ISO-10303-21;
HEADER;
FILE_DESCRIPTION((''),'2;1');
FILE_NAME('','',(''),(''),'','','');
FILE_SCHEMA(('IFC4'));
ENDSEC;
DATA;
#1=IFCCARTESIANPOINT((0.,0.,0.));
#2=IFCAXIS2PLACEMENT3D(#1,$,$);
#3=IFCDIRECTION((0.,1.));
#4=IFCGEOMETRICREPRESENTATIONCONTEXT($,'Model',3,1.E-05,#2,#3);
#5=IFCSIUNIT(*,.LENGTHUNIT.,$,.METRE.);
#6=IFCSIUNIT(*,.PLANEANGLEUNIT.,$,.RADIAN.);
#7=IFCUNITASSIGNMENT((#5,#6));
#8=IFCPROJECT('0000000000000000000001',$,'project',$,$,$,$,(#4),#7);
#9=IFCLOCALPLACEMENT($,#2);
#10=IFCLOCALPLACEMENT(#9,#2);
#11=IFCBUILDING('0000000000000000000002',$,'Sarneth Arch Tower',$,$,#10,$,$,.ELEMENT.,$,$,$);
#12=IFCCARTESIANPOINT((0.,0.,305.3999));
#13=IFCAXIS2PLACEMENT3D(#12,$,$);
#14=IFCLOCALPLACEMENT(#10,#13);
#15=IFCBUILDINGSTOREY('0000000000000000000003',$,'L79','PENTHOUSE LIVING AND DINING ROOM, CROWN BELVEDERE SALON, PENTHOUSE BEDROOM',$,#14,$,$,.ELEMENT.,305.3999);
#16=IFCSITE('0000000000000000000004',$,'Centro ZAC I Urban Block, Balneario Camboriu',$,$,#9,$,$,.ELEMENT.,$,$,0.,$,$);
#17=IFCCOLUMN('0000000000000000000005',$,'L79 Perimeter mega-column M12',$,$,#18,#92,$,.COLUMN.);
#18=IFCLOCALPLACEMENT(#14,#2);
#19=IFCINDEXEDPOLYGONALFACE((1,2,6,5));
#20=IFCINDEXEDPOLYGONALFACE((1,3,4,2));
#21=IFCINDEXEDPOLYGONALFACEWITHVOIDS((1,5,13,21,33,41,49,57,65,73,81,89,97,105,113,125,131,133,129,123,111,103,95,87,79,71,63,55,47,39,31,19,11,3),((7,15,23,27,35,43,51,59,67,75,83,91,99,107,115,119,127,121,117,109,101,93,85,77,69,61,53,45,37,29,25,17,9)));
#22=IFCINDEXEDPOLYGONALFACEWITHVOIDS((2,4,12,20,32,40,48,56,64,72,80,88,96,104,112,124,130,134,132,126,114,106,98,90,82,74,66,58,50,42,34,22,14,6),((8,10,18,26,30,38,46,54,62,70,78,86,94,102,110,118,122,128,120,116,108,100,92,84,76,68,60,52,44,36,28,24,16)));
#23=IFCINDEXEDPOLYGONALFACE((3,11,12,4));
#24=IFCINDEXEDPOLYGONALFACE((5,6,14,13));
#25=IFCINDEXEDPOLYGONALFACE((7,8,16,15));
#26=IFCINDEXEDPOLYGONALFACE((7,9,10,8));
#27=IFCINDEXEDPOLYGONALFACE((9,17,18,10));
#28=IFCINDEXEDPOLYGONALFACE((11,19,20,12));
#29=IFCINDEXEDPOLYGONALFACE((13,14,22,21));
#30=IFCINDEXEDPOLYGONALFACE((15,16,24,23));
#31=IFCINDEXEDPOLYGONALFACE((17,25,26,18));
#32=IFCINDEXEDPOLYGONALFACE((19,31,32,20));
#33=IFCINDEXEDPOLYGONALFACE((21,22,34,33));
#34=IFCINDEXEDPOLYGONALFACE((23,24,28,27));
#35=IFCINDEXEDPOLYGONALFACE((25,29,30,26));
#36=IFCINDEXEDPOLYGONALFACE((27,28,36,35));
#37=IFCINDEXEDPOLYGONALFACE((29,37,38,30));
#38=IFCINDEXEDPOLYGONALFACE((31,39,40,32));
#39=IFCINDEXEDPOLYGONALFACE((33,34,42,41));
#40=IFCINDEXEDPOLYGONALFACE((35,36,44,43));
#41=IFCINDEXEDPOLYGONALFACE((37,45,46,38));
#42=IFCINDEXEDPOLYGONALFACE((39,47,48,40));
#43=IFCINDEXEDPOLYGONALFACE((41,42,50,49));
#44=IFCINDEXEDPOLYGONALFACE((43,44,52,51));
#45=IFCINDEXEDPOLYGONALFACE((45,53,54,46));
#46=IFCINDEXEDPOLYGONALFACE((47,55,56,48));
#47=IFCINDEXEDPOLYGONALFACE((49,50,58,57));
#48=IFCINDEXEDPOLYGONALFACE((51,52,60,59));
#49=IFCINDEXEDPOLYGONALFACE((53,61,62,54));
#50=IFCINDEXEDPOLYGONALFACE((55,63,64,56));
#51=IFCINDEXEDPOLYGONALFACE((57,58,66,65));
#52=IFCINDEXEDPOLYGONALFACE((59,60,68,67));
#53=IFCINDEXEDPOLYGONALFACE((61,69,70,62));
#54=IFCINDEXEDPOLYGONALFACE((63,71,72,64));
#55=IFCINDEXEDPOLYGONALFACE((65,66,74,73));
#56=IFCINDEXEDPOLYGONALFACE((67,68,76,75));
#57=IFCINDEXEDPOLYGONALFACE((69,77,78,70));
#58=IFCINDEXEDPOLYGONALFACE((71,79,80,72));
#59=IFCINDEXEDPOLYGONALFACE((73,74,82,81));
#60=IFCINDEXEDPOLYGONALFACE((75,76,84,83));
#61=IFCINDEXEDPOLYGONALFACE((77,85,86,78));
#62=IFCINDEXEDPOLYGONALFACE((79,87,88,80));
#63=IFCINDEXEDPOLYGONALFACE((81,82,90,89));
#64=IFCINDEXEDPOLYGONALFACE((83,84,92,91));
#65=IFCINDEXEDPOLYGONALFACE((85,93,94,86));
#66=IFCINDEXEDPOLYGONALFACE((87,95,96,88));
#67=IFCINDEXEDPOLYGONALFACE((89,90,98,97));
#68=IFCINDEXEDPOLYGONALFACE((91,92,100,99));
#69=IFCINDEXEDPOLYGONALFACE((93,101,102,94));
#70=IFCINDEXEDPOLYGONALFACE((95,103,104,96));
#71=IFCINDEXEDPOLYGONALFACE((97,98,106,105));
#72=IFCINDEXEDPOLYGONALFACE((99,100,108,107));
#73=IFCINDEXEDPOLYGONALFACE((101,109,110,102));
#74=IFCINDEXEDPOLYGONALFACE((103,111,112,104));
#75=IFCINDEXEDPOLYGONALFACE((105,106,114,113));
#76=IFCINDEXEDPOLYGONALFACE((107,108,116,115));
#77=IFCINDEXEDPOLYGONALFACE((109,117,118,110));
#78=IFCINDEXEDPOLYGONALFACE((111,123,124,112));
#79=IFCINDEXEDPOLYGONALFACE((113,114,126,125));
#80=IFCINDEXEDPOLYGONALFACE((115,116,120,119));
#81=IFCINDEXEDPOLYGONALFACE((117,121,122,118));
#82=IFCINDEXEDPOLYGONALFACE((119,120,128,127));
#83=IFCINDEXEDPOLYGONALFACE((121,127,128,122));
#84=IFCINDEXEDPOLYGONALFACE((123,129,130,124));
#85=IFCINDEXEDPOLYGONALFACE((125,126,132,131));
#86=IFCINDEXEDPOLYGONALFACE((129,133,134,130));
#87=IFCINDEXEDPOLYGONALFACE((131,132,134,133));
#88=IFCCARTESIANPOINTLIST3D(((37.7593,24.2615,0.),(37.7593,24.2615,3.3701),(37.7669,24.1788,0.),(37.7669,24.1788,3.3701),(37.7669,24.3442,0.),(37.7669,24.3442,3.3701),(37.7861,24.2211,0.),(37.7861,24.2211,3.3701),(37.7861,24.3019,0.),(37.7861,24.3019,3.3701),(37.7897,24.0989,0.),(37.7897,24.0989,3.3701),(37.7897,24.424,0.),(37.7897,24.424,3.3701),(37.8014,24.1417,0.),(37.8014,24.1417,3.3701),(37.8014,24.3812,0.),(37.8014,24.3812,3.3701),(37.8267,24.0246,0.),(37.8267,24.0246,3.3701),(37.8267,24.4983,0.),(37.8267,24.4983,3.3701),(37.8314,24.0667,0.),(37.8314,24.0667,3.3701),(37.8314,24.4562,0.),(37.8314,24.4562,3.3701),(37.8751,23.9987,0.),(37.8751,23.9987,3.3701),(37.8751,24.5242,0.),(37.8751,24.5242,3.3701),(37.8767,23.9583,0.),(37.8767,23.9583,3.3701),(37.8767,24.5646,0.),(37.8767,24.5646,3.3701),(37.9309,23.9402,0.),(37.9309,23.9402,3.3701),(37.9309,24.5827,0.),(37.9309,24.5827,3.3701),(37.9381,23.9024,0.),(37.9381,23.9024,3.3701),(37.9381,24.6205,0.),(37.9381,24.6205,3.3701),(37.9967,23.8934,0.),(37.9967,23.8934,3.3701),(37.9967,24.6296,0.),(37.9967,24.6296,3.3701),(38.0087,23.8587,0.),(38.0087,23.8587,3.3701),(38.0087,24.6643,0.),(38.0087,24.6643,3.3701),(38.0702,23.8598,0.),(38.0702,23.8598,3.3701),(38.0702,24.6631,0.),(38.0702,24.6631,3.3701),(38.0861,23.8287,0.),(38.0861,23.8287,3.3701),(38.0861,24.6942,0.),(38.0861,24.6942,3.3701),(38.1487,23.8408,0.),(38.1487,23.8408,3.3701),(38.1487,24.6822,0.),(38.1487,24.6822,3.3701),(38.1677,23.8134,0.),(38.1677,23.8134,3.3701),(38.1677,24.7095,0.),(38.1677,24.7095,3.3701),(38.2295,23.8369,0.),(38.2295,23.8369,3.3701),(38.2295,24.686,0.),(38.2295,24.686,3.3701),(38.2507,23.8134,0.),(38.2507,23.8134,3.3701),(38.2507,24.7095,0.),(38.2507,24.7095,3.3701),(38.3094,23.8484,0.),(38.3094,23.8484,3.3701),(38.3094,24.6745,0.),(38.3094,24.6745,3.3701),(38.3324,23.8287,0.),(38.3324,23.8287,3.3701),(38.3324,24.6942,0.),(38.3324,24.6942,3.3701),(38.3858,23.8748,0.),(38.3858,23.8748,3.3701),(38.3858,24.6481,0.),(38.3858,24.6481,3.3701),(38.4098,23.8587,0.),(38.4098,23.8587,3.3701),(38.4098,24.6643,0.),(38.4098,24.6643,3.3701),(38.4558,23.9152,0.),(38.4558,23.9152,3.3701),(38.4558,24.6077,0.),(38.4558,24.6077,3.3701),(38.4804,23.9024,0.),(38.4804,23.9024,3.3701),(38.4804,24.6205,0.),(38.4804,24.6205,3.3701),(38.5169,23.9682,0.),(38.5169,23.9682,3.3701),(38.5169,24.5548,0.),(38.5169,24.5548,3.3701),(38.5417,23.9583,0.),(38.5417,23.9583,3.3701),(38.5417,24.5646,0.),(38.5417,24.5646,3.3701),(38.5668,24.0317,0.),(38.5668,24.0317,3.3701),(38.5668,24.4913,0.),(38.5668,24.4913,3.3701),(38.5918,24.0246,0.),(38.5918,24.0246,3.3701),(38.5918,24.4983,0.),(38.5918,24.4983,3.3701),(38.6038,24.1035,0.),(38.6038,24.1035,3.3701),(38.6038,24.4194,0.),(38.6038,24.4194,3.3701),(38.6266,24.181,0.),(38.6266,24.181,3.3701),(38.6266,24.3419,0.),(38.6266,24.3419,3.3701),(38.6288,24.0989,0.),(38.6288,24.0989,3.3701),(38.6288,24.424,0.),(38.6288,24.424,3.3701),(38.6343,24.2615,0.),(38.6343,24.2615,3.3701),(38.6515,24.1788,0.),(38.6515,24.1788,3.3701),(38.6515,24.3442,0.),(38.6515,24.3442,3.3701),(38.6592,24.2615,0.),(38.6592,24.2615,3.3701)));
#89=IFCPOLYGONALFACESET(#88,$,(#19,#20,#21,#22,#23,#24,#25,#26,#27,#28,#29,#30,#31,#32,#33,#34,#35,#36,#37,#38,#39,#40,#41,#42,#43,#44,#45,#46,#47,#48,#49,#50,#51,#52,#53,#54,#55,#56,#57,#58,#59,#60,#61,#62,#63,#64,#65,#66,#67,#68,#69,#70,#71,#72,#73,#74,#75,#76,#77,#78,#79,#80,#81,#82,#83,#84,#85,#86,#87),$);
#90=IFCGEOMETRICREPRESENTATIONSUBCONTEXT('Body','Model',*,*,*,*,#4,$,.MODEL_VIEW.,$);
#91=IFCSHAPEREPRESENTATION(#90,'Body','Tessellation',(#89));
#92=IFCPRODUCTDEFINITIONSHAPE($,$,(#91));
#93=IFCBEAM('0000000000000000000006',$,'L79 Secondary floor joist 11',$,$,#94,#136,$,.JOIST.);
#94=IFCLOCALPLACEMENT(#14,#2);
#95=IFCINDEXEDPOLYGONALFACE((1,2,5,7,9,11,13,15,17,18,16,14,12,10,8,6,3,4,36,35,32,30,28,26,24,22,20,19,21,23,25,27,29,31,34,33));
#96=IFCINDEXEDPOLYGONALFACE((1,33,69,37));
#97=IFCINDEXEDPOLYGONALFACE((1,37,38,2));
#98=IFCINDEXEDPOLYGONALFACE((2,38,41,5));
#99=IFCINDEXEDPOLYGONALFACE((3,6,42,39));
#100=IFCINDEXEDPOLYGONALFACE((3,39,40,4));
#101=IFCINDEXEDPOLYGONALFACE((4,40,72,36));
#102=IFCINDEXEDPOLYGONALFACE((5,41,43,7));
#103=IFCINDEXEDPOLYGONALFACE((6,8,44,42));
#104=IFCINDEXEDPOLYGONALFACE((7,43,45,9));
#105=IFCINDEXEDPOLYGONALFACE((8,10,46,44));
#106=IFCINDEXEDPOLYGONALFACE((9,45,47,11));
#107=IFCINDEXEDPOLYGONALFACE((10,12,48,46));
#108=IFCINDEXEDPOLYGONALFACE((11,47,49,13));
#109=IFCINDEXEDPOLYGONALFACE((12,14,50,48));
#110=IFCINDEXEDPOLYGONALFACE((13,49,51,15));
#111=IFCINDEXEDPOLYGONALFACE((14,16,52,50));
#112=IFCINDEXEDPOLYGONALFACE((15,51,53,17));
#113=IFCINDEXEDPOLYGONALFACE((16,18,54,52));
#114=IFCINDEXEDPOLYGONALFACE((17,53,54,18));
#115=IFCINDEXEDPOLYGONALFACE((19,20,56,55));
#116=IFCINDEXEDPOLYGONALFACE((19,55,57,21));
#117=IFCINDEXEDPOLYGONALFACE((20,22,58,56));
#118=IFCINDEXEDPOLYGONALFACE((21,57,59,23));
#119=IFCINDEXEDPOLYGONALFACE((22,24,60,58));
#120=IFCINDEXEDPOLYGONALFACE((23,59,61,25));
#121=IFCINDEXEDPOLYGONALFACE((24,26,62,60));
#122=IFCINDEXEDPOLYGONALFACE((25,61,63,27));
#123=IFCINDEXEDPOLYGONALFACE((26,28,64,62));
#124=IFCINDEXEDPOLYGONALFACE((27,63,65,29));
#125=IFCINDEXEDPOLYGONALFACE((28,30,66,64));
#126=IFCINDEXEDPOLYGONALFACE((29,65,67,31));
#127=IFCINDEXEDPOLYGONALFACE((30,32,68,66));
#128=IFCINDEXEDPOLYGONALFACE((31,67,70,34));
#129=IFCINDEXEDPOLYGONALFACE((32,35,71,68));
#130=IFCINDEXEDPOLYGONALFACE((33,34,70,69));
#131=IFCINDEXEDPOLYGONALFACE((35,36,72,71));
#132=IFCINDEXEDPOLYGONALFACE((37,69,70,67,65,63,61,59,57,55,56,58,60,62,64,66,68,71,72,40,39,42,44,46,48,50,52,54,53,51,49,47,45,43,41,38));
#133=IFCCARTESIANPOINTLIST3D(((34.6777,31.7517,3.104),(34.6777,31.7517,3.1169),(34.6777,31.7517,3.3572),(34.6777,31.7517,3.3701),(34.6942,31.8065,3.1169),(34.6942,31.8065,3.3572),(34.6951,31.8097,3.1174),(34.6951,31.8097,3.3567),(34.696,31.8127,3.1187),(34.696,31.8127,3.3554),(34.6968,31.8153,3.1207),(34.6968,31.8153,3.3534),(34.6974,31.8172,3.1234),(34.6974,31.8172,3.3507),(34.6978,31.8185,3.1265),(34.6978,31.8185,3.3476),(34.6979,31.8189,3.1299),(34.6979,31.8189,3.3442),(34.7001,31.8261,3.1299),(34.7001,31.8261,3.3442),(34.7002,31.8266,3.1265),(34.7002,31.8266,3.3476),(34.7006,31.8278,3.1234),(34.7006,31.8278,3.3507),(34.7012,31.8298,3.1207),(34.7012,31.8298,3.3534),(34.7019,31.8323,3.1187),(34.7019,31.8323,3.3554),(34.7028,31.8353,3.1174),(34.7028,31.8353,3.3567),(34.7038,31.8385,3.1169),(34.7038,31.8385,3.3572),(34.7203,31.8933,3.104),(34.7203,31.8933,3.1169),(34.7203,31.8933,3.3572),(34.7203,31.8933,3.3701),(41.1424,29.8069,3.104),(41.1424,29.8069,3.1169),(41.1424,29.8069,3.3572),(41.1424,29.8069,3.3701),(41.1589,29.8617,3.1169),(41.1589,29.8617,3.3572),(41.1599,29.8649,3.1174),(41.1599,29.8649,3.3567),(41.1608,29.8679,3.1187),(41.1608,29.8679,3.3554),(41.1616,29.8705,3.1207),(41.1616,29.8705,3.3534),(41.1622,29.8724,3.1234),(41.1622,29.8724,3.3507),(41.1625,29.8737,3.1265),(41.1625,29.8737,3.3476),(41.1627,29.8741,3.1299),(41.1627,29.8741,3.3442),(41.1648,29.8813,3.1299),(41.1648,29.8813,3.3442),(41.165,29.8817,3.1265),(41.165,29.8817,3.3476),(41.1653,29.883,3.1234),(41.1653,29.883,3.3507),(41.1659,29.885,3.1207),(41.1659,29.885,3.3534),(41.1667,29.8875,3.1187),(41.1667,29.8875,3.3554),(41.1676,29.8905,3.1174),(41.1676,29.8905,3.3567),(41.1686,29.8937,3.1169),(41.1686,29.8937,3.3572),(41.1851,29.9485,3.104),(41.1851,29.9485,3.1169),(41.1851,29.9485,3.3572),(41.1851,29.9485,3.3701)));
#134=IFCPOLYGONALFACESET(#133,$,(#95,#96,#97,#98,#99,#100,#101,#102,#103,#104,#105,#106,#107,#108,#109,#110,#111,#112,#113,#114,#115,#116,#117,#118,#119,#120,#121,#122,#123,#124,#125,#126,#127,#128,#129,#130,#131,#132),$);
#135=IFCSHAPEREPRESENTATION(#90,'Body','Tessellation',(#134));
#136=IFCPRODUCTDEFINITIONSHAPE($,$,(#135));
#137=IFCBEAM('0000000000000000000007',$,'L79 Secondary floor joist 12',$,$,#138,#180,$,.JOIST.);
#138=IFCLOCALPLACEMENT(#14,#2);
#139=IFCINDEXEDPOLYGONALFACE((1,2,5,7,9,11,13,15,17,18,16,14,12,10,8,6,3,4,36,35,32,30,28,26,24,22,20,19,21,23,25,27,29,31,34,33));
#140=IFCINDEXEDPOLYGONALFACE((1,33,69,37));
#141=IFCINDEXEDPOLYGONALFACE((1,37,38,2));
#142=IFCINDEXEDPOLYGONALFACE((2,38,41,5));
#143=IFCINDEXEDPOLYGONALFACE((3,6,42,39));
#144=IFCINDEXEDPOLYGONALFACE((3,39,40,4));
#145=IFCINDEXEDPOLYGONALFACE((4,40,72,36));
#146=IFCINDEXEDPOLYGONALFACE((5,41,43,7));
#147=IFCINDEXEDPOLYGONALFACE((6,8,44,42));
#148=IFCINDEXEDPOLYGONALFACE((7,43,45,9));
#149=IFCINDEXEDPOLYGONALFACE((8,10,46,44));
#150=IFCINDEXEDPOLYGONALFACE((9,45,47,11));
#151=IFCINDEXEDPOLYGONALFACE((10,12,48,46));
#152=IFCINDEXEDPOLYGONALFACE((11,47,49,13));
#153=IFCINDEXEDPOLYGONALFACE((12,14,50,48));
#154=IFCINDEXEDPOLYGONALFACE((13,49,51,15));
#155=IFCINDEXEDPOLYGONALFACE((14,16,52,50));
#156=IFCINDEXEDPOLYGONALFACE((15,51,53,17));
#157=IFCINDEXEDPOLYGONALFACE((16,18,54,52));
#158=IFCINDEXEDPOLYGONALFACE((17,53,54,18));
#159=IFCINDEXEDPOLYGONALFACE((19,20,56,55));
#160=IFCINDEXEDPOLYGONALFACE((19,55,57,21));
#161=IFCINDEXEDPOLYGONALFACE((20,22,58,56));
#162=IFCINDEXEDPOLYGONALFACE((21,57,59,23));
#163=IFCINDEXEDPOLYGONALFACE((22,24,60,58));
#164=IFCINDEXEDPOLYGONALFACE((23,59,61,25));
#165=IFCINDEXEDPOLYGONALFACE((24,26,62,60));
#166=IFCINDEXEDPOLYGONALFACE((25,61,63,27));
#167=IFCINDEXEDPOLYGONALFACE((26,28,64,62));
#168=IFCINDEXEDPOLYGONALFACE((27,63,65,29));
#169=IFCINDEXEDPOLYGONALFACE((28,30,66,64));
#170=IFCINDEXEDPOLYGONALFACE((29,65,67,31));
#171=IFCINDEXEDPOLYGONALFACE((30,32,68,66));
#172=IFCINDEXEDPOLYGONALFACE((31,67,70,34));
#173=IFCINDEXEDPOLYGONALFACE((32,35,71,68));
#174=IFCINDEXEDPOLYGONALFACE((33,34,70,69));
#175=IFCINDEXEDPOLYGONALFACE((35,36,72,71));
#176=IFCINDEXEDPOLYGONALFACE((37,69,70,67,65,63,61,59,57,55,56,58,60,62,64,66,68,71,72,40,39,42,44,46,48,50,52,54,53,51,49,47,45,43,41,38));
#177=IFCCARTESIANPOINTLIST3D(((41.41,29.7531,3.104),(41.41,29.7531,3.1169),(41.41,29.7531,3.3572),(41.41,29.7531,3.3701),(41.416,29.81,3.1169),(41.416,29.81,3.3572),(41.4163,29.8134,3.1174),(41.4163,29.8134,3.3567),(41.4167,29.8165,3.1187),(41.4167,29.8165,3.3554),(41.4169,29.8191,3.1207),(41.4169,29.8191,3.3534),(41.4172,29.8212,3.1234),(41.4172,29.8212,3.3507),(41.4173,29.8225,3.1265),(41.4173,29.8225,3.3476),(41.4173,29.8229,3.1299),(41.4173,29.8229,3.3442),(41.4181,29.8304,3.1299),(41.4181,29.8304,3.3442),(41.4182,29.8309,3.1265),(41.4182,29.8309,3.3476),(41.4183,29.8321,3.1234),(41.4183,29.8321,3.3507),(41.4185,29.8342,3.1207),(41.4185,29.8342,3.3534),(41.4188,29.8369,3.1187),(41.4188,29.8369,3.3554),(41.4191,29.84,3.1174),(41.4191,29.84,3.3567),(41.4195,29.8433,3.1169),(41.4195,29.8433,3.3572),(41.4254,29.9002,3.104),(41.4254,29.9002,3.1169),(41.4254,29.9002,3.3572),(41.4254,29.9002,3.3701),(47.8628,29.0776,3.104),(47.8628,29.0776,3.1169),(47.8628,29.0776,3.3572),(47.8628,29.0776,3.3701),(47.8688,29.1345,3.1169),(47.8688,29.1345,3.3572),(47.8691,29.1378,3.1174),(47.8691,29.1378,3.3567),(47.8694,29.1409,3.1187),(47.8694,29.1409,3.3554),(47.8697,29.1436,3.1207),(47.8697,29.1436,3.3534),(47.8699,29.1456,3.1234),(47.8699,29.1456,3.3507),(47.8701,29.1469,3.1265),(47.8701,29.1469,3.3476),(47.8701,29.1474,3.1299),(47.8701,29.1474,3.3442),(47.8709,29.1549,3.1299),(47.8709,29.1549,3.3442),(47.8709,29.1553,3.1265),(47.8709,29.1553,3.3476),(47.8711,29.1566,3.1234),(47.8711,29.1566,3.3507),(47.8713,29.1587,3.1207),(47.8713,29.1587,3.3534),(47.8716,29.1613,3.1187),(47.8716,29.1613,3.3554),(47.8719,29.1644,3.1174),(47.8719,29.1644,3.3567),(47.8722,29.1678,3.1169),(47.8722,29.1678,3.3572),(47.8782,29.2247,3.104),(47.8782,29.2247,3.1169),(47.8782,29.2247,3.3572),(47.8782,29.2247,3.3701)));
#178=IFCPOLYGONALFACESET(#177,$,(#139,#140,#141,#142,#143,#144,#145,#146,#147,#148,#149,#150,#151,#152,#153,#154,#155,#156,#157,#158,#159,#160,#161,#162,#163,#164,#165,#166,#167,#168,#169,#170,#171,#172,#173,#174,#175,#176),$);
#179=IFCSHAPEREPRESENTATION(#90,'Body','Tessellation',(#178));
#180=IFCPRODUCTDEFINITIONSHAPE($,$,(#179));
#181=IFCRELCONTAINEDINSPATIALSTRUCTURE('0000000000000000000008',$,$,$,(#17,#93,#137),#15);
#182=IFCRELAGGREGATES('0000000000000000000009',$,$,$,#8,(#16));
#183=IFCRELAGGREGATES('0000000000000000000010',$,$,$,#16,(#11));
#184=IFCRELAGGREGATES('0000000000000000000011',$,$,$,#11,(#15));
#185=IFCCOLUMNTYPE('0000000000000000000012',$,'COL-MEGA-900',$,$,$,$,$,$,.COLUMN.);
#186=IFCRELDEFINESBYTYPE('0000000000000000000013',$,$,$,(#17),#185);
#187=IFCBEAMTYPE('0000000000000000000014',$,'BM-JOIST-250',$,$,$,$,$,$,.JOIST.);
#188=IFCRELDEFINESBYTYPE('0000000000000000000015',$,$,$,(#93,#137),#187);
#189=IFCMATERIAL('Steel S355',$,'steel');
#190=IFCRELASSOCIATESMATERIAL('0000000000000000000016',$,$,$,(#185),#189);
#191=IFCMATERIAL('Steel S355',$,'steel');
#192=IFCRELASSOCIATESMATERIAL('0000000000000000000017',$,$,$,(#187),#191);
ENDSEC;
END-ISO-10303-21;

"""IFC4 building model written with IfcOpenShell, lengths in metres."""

from ifc_helpers import new_model, si_unit, direction, frame, origin, origin_2d, place, context, subcontext, project, spatial, hollow_circle, i_section, extrude, material, material_profile, profile_set, type_object, element, save


model = new_model("IFC4")

# Units and contexts
model_context = context("Model", 3, precision=1e-05, world=origin(), true_north=direction((0.0, 1.0)))
body_context = subcontext(model_context, "Body", "Model", "MODEL_VIEW")
ifc_project = project(units=[si_unit("LENGTHUNIT", "METRE"), si_unit("PLANEANGLEUNIT", "RADIAN")], contexts=[model_context])

# Site, building, storey
site_placement = place(None, origin())
site = spatial("IfcSite", under=ifc_project, at=site_placement, Name="Centro ZAC I Urban Block, Balneario Camboriu", CompositionType="ELEMENT", RefElevation=0.0)
building_placement = place(site_placement, origin())
building = spatial("IfcBuilding", under=site, at=building_placement, Name="Sarneth Arch Tower", CompositionType="ELEMENT")
storey_placement = place(building_placement, frame((0.0, 0.0, 305.3999)))
storey = spatial("IfcBuildingStorey", under=building, at=storey_placement, Name="L79", Description="PENTHOUSE LIVING AND DINING ROOM, CROWN BELVEDERE SALON, PENTHOUSE BEDROOM", CompositionType="ELEMENT", Elevation=305.3999)

# Column
ifc_material_1 = material(Name="Steel S355", Category="steel")
ifc_material_profile_1 = material_profile(ifc_material_1, hollow_circle(Radius=0.45, WallThickness=0.0249, at=origin_2d()), Name="CHS900x25")
ifc_profile_set_1 = profile_set([ifc_material_profile_1], Name="Steel S355")
column_type = type_object("IfcColumnType", Name="COL-MEGA-900", PredefinedType="COLUMN", material=ifc_profile_set_1)
column_placement = place(storey_placement, frame((38.2092, 24.2615, 0.0), z_axis=(0.0, 0.0, 1.0), x_axis=(1.0, 0.0, 0.0)))
element("IfcColumn", 1, at=column_placement, inside=storey, type_object=column_type, Name="L79 Perimeter mega-column M12", PredefinedType="COLUMN", context=body_context, shape_type="SweptSolid", body=[
    extrude(hollow_circle(Radius=0.45, WallThickness=0.0249, at=origin_2d()), origin(), (0.0, 0.0, 1.0), 3.3701),
])

# Beams
ifc_material_2 = material(Name="Steel S355", Category="steel")
ifc_material_profile_2 = material_profile(ifc_material_2, i_section(OverallWidth=0.1479, OverallDepth=0.2661, WebThickness=0.0076, FlangeThickness=0.0129, FilletRadius=0.0129, at=origin_2d()), Name="W250x44.8")
ifc_profile_set_2 = profile_set([ifc_material_profile_2], Name="Steel S355")
beam_type_1 = type_object("IfcBeamType", Name="BM-JOIST-250", PredefinedType="JOIST", material=ifc_profile_set_2)
beam_1_placement = place(storey_placement, frame((34.699, 31.8225, 3.2371), z_axis=(0.957607, -0.288078, 0.0), x_axis=(0.288078, 0.957607, 0.0)))
element("IfcBeam", 2, at=beam_1_placement, inside=storey, type_object=beam_type_1, Name="L79 Secondary floor joist 11", PredefinedType="JOIST", context=body_context, shape_type="SweptSolid", body=[
    extrude(i_section(OverallWidth=0.1479, OverallDepth=0.2661, WebThickness=0.0076, FlangeThickness=0.0129, FilletRadius=0.0129, at=origin_2d()), origin(), (0.0, 0.0, 1.0), 6.751),
])
beam_2_placement = place(storey_placement, frame((41.4177, 29.8267, 3.2371), z_axis=(0.994565, -0.104119, 0.0), x_axis=(0.104119, 0.994565, 0.0)))
element("IfcBeam", 3, at=beam_2_placement, inside=storey, type_object=beam_type_1, Name="L79 Secondary floor joist 12", PredefinedType="JOIST", context=body_context, shape_type="SweptSolid", body=[
    extrude(i_section(OverallWidth=0.1479, OverallDepth=0.2661, WebThickness=0.0076, FlangeThickness=0.0129, FilletRadius=0.0129, at=origin_2d()), origin(), (0.0, 0.0, 1.0), 6.488),
])

save(model, "model.ifc")
